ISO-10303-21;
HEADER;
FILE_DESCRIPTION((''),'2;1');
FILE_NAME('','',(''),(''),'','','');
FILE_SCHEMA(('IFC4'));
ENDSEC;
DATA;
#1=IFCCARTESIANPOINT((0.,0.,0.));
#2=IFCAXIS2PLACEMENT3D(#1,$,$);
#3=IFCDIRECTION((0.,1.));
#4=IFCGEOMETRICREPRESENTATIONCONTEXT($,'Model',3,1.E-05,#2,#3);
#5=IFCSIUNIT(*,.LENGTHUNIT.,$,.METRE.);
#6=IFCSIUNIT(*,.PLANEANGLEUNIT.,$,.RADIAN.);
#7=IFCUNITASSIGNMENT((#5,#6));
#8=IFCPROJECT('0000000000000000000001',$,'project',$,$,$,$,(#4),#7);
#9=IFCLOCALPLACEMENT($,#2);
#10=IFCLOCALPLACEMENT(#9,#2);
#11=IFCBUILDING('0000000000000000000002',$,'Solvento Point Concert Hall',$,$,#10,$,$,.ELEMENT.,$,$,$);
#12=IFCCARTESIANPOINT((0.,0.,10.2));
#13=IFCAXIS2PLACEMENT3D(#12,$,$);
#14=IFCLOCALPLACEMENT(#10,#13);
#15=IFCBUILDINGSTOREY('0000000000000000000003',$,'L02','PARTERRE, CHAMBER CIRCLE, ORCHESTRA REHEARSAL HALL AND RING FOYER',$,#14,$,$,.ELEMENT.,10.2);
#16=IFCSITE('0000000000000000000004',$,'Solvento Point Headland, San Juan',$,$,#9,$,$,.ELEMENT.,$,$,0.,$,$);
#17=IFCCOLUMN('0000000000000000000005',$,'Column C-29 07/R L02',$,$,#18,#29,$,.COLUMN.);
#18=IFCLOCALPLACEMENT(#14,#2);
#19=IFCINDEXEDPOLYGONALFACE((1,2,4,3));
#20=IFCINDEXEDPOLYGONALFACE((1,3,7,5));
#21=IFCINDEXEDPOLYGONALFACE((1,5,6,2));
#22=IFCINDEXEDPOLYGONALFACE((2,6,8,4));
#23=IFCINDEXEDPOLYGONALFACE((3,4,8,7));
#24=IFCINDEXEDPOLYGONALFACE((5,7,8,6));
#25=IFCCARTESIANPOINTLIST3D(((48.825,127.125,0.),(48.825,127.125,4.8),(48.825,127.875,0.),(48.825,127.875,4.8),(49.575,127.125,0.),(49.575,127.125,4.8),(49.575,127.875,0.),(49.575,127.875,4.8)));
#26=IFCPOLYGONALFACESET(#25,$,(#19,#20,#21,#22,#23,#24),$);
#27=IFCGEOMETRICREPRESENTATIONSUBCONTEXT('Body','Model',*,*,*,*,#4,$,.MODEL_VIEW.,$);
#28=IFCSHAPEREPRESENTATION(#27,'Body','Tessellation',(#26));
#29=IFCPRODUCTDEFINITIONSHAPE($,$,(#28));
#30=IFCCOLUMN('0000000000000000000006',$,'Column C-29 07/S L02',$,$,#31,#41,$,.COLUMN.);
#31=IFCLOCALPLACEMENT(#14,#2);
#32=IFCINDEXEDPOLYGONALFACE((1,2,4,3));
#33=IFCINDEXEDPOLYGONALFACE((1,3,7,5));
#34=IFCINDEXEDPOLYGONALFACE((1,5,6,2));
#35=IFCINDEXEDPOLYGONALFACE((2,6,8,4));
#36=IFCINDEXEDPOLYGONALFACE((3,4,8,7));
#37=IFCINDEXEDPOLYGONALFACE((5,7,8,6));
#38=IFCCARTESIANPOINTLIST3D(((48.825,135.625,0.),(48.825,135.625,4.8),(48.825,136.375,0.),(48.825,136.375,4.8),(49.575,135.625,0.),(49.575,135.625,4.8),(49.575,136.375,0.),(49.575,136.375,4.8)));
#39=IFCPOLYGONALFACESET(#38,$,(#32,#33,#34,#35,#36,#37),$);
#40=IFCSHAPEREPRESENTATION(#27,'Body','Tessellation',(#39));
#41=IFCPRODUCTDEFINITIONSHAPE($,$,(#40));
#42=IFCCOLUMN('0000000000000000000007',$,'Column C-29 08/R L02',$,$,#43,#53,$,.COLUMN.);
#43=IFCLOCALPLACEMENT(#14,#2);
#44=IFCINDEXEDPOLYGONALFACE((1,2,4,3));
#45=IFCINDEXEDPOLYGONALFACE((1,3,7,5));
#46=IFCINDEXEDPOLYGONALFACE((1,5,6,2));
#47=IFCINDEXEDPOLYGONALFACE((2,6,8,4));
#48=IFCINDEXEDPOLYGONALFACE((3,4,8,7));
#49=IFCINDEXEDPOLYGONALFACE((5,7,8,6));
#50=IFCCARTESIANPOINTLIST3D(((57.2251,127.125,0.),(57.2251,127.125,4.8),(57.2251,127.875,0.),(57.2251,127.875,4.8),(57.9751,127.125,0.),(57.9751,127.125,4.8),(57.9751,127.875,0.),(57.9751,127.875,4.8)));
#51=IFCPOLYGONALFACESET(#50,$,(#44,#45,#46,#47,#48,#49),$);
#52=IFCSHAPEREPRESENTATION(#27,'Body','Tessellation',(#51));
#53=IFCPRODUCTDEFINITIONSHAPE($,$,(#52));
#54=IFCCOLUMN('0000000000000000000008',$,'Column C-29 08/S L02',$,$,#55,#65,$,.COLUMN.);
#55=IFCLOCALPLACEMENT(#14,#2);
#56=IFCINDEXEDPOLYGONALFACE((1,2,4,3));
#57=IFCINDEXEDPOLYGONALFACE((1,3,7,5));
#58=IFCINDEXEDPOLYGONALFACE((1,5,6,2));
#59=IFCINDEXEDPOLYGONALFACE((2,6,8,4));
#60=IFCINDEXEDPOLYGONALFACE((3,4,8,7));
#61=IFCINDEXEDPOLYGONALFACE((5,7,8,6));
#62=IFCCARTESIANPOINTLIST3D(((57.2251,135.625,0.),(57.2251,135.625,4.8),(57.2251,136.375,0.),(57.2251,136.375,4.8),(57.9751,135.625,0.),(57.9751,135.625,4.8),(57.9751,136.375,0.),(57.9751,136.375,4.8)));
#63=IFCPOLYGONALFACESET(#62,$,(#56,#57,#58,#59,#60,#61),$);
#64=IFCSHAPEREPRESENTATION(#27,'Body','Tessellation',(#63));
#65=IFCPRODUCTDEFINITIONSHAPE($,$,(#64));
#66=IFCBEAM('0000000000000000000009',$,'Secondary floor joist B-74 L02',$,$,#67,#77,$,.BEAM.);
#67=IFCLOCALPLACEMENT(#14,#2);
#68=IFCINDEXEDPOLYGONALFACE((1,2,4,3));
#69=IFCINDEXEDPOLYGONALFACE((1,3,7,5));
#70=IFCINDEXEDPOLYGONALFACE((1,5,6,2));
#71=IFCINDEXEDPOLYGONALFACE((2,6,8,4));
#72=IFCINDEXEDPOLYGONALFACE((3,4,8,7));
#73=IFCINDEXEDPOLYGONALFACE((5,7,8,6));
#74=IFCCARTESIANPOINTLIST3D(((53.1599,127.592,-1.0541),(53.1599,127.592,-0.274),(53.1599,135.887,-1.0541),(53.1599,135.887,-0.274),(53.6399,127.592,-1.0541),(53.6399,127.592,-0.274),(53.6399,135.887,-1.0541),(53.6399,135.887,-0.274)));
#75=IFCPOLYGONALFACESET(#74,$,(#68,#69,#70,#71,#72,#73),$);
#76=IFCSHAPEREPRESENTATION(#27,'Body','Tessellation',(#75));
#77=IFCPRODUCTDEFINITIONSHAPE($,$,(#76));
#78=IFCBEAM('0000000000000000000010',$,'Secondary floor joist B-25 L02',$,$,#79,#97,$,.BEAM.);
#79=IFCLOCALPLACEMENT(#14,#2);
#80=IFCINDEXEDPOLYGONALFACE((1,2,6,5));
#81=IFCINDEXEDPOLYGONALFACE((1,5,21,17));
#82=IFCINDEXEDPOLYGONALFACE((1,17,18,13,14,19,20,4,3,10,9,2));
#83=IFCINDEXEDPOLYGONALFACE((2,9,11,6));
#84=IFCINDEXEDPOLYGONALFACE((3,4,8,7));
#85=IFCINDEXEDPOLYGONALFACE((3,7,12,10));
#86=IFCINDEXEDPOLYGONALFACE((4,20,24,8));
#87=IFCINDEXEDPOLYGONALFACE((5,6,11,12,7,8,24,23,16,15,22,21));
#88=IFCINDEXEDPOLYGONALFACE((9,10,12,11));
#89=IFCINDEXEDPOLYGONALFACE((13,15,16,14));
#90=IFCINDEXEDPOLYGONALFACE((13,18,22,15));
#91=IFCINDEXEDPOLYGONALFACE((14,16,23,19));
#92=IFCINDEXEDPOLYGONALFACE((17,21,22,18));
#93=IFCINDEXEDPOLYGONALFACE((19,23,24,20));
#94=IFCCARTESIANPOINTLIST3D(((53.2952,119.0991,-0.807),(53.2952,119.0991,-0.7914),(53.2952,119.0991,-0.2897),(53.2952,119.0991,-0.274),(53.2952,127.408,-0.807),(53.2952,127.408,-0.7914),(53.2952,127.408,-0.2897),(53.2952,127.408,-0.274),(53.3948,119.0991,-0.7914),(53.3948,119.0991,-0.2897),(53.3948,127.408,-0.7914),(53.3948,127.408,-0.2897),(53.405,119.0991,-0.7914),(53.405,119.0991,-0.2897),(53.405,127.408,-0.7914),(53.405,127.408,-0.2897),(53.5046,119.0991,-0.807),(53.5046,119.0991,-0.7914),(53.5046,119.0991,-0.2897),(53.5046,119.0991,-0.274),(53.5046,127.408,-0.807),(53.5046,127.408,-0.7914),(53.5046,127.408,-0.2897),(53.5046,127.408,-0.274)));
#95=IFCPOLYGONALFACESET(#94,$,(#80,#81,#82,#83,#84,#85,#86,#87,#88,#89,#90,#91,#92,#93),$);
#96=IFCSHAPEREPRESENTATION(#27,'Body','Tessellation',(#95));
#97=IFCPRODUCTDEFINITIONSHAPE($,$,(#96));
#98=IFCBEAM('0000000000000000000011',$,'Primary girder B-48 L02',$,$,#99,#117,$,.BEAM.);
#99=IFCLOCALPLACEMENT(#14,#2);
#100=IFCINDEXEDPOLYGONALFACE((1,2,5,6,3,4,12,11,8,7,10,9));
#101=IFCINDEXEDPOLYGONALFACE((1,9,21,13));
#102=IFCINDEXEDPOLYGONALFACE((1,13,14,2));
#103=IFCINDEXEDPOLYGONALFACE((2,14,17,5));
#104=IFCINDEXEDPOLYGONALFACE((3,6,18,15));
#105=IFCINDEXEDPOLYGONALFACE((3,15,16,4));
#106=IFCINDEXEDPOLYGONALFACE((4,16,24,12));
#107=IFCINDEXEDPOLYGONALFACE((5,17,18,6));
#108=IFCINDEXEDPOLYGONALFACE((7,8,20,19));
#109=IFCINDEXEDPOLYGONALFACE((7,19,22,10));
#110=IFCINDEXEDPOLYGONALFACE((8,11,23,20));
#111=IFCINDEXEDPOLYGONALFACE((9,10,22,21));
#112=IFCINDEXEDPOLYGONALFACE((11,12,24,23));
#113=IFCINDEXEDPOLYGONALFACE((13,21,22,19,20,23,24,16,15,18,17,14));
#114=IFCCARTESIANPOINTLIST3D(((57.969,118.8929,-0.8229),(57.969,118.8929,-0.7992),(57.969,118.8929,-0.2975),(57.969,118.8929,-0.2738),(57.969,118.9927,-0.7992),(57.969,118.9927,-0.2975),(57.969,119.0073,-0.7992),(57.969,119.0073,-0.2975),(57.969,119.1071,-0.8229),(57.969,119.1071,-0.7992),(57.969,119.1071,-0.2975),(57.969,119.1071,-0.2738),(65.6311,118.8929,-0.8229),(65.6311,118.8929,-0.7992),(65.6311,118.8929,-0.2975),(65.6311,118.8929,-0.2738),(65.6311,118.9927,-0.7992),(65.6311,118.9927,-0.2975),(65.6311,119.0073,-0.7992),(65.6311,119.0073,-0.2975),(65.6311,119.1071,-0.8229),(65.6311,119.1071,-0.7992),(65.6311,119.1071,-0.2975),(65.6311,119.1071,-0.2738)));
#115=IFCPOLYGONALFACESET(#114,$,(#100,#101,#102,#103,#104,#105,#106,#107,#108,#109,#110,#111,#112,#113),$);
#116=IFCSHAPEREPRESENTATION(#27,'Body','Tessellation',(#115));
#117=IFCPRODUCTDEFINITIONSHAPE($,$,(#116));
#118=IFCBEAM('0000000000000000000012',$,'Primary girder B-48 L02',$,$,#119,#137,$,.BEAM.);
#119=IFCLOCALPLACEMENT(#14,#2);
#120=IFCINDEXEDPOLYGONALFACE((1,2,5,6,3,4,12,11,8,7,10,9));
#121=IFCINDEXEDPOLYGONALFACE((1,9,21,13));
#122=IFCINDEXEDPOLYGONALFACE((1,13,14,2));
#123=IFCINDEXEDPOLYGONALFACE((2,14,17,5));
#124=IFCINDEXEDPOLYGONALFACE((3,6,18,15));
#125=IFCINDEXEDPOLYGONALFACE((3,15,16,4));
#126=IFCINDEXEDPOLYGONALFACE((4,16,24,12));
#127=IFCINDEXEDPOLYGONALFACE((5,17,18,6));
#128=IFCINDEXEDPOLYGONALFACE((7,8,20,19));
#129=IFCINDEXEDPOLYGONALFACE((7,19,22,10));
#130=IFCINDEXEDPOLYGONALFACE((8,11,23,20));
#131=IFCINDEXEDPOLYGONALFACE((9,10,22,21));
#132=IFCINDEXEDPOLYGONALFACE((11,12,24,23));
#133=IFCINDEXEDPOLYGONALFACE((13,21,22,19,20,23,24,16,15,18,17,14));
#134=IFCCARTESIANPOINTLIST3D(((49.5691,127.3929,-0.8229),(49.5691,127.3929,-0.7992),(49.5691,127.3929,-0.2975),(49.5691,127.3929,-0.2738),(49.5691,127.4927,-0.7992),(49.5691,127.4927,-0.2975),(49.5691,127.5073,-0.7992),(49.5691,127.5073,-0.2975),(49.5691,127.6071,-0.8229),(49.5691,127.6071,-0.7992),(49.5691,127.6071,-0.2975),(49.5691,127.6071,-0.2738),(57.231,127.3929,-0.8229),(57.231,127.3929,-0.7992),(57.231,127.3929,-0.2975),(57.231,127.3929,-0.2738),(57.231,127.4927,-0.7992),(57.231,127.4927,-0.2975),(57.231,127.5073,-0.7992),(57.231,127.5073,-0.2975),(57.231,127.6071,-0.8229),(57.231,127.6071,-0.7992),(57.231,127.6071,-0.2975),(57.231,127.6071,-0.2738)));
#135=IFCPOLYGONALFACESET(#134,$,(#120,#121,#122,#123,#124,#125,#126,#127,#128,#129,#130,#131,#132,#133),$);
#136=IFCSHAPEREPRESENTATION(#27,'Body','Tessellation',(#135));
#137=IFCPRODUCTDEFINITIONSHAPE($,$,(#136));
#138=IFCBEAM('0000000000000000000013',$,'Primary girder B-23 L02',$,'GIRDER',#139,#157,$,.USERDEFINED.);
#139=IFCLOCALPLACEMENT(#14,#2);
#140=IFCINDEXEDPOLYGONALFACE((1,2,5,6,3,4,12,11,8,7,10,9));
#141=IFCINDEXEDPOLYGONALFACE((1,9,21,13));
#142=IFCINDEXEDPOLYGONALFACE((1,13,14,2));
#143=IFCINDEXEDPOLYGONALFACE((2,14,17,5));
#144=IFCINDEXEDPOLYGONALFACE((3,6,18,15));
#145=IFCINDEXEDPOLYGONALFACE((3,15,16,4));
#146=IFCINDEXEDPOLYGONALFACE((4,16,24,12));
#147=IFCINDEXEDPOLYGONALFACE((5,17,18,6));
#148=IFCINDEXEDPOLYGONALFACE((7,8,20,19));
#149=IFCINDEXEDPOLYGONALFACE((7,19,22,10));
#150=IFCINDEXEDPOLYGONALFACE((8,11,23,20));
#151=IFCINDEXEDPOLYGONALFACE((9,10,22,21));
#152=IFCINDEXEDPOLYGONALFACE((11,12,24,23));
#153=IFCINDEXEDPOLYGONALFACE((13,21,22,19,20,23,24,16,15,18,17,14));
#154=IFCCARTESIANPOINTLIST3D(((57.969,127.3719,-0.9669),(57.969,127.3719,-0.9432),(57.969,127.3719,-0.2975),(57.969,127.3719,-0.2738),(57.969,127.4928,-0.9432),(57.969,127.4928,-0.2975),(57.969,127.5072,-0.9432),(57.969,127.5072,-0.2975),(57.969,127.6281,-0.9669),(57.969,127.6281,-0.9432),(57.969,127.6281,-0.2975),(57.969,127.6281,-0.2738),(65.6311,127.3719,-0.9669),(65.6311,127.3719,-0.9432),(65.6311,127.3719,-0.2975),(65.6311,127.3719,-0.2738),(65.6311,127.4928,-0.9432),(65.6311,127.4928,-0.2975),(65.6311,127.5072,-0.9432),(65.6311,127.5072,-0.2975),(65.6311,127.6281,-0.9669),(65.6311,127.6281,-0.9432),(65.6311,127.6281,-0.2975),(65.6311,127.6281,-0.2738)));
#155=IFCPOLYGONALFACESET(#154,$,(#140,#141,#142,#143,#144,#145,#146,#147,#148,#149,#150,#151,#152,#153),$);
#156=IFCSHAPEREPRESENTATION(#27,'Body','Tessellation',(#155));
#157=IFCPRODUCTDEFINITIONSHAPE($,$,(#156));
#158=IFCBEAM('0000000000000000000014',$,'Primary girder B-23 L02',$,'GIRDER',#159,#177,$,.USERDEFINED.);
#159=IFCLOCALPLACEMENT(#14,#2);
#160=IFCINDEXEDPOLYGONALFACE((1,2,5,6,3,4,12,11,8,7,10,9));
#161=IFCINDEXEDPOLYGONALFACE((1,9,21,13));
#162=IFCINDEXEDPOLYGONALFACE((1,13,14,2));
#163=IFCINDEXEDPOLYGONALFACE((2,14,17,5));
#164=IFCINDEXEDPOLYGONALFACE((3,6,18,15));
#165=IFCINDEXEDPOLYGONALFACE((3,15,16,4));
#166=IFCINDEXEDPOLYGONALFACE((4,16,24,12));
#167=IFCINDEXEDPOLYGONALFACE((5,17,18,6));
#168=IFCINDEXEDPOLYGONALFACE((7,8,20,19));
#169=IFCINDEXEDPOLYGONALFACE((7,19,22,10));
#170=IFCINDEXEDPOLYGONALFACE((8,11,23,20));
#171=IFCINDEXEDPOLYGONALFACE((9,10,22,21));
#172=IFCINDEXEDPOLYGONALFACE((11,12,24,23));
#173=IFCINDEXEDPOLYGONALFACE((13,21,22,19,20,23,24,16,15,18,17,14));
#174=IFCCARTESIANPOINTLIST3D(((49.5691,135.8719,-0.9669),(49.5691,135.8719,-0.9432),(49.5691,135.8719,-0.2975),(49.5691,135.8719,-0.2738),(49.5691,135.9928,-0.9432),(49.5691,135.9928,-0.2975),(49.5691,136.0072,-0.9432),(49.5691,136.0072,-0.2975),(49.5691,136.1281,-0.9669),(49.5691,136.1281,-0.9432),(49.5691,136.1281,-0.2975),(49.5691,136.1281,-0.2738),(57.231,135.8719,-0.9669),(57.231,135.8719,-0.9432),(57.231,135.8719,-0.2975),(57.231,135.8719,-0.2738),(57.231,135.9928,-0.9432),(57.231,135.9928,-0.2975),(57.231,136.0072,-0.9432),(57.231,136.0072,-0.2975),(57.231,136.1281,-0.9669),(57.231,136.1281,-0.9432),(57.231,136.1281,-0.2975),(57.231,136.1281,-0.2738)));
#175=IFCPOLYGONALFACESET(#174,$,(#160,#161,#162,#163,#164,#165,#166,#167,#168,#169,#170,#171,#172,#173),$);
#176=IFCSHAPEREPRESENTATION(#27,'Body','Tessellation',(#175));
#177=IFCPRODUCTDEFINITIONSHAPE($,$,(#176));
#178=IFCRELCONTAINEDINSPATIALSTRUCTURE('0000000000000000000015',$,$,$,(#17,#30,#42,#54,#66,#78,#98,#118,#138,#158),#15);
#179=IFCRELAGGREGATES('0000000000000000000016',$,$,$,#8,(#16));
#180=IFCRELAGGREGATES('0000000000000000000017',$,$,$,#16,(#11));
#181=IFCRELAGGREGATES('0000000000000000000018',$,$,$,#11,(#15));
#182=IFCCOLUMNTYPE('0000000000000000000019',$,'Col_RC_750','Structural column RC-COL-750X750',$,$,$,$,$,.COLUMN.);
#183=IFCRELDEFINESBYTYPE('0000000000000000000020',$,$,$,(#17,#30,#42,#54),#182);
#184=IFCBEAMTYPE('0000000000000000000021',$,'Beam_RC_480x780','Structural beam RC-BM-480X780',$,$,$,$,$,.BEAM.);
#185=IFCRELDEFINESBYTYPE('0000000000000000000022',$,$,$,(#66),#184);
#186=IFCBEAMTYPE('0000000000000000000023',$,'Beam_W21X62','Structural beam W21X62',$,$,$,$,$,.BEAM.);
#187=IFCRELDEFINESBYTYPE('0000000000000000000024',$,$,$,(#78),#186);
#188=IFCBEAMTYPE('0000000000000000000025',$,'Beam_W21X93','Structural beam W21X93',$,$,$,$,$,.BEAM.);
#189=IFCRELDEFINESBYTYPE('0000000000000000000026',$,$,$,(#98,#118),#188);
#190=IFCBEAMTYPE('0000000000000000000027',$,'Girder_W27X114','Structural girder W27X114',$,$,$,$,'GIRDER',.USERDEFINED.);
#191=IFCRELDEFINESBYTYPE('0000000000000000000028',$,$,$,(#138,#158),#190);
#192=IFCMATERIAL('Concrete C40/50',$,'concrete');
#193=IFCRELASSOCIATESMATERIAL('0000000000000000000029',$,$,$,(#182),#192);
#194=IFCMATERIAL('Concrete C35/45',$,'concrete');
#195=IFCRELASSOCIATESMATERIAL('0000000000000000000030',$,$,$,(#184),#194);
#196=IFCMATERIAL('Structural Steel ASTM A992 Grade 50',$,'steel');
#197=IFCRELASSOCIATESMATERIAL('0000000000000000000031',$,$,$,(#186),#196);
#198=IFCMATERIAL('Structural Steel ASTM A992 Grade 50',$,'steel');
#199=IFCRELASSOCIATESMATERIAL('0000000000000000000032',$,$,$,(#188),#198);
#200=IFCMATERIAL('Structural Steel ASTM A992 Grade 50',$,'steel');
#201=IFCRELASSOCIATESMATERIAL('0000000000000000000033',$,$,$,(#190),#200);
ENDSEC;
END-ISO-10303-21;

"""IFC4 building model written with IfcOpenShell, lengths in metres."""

from ifc_helpers import new_model, si_unit, direction, frame, origin, origin_2d, place, context, subcontext, project, spatial, rectangle, i_section, extrude, material, material_profile, profile_set, type_object, element, save


model = new_model("IFC4")

# Units and contexts
model_context = context("Model", 3, precision=1e-05, world=origin(), true_north=direction((0.0, 1.0)))
body_context = subcontext(model_context, "Body", "Model", "MODEL_VIEW")
ifc_project = project(units=[si_unit("LENGTHUNIT", "METRE"), si_unit("PLANEANGLEUNIT", "RADIAN")], contexts=[model_context])

# Site, building, storey
site_placement = place(None, origin())
site = spatial("IfcSite", under=ifc_project, at=site_placement, Name="Solvento Point Headland, San Juan", CompositionType="ELEMENT", RefElevation=0.0)
building_placement = place(site_placement, origin())
building = spatial("IfcBuilding", under=site, at=building_placement, Name="Solvento Point Concert Hall", CompositionType="ELEMENT")
storey_placement = place(building_placement, frame((0.0, 0.0, 10.2)))
storey = spatial("IfcBuildingStorey", under=building, at=storey_placement, Name="L02", Description="PARTERRE, CHAMBER CIRCLE, ORCHESTRA REHEARSAL HALL AND RING FOYER", CompositionType="ELEMENT", Elevation=10.2)

# Columns
ifc_material_1 = material(Name="Concrete C40/50", Category="concrete")
ifc_material_profile_1 = material_profile(ifc_material_1, rectangle(XDim=0.75, YDim=0.75, at=origin_2d()), Name="RC-COL-750X750")
ifc_profile_set_1 = profile_set([ifc_material_profile_1], Name="Concrete C40/50")
column_type = type_object("IfcColumnType", Name="Col_RC_750", Description="Structural column RC-COL-750X750", PredefinedType="COLUMN", material=ifc_profile_set_1)
for number, where, z_axis, x_axis, name in (
    (1, (49.2, 127.5, 0.0), (0.0, 0.0, 1.0), (1.0, 0.0, 0.0), "Column C-29 07/R L02"),
    (2, (49.2, 136.0, 0.0), (0.0, 0.0, 1.0), (1.0, 0.0, 0.0), "Column C-29 07/S L02"),
    (3, (57.6001, 127.5, 0.0), (0.0, 0.0, 1.0), (1.0, 0.0, 0.0), "Column C-29 08/R L02"),
    (4, (57.6001, 136.0, 0.0), (0.0, 0.0, 1.0), (1.0, 0.0, 0.0), "Column C-29 08/S L02"),
):
    element("IfcColumn", number, at=place(storey_placement, frame(where, z_axis=z_axis, x_axis=x_axis)), inside=storey, type_object=column_type, Name=name, PredefinedType="COLUMN", context=body_context, shape_type="SweptSolid", body=[
        extrude(rectangle(XDim=0.75, YDim=0.75, at=origin_2d()), origin(), (0.0, 0.0, 1.0), 4.8),
    ])

# Beams
ifc_material_2 = material(Name="Concrete C35/45", Category="concrete")
ifc_material_profile_2 = material_profile(ifc_material_2, rectangle(XDim=0.48, YDim=0.78, at=origin_2d()), Name="RC-BM-480X780")
ifc_profile_set_2 = profile_set([ifc_material_profile_2], Name="Concrete C35/45")
beam_type_1 = type_object("IfcBeamType", Name="Beam_RC_480x780", Description="Structural beam RC-BM-480X780", PredefinedType="BEAM", material=ifc_profile_set_2)
beam_1_placement = place(storey_placement, frame((53.3999, 127.592, -0.6641), z_axis=(0.0, 1.0, 0.0), x_axis=(-1.0, 0.0, 0.0)))
element("IfcBeam", 5, at=beam_1_placement, inside=storey, type_object=beam_type_1, Name="Secondary floor joist B-74 L02", PredefinedType="BEAM", context=body_context, shape_type="SweptSolid", body=[
    extrude(rectangle(XDim=0.48, YDim=0.78, at=origin_2d()), origin(), (0.0, 0.0, 1.0), 8.2949),
])
ifc_material_3 = material(Name="Structural Steel ASTM A992 Grade 50", Category="steel")
ifc_material_profile_3 = material_profile(ifc_material_3, i_section(OverallWidth=0.2095, OverallDepth=0.533, WebThickness=0.0103, FlangeThickness=0.0156, at=origin_2d()), Name="W21X62")
ifc_profile_set_3 = profile_set([ifc_material_profile_3], Name="Structural Steel ASTM A992 Grade 50")
beam_type_2 = type_object("IfcBeamType", Name="Beam_W21X62", Description="Structural beam W21X62", PredefinedType="BEAM", material=ifc_profile_set_3)
beam_2_placement = place(storey_placement, frame((53.3999, 119.0991, -0.5405), z_axis=(0.0, 1.0, 0.0), x_axis=(-1.0, 0.0, 0.0)))
element("IfcBeam", 6, at=beam_2_placement, inside=storey, type_object=beam_type_2, Name="Secondary floor joist B-25 L02", PredefinedType="BEAM", context=body_context, shape_type="SweptSolid", body=[
    extrude(i_section(OverallWidth=0.2095, OverallDepth=0.533, WebThickness=0.0103, FlangeThickness=0.0156, at=origin_2d()), origin(), (0.0, 0.0, 1.0), 8.3088),
])
ifc_material_4 = material(Name="Structural Steel ASTM A992 Grade 50", Category="steel")
ifc_material_profile_4 = material_profile(ifc_material_4, i_section(OverallWidth=0.2141, OverallDepth=0.5491, WebThickness=0.0146, FlangeThickness=0.0237, at=origin_2d()), Name="W21X93")
ifc_profile_set_4 = profile_set([ifc_material_profile_4], Name="Structural Steel ASTM A992 Grade 50")
beam_type_3 = type_object("IfcBeamType", Name="Beam_W21X93", Description="Structural beam W21X93", PredefinedType="BEAM", material=ifc_profile_set_4)
beam_3_placement = place(storey_placement, frame((57.969, 119.0, -0.5483), z_axis=(1.0, 0.0, 0.0), x_axis=(0.0, 1.0, 0.0)))
element("IfcBeam", 7, at=beam_3_placement, inside=storey, type_object=beam_type_3, Name="Primary girder B-48 L02", PredefinedType="BEAM", context=body_context, shape_type="SweptSolid", body=[
    extrude(i_section(OverallWidth=0.2141, OverallDepth=0.5491, WebThickness=0.0146, FlangeThickness=0.0237, at=origin_2d()), origin(), (0.0, 0.0, 1.0), 7.6621),
])
beam_4_placement = place(storey_placement, frame((49.5691, 127.5, -0.5483), z_axis=(1.0, 0.0, 0.0), x_axis=(0.0, 1.0, 0.0)))
element("IfcBeam", 8, at=beam_4_placement, inside=storey, type_object=beam_type_3, Name="Primary girder B-48 L02", PredefinedType="BEAM", context=body_context, shape_type="SweptSolid", body=[
    extrude(i_section(OverallWidth=0.2141, OverallDepth=0.5491, WebThickness=0.0146, FlangeThickness=0.0237, at=origin_2d()), origin(), (0.0, 0.0, 1.0), 7.6619),
])
ifc_material_5 = material(Name="Structural Steel ASTM A992 Grade 50", Category="steel")
ifc_material_profile_5 = material_profile(ifc_material_5, i_section(OverallWidth=0.2561, OverallDepth=0.6931, WebThickness=0.0144, FlangeThickness=0.0237, at=origin_2d()), Name="W27X114")
ifc_profile_set_5 = profile_set([ifc_material_profile_5], Name="Structural Steel ASTM A992 Grade 50")
beam_type_4 = type_object("IfcBeamType", Name="Girder_W27X114", Description="Structural girder W27X114", ElementType="GIRDER", PredefinedType="USERDEFINED", material=ifc_profile_set_5)
beam_5_placement = place(storey_placement, frame((57.969, 127.5, -0.6204), z_axis=(1.0, 0.0, 0.0), x_axis=(0.0, 1.0, 0.0)))
element("IfcBeam", 9, at=beam_5_placement, inside=storey, type_object=beam_type_4, Name="Primary girder B-23 L02", ObjectType="GIRDER", PredefinedType="USERDEFINED", context=body_context, shape_type="SweptSolid", body=[
    extrude(i_section(OverallWidth=0.2561, OverallDepth=0.6931, WebThickness=0.0144, FlangeThickness=0.0237, at=origin_2d()), origin(), (0.0, 0.0, 1.0), 7.6621),
])
beam_6_placement = place(storey_placement, frame((49.5691, 136.0, -0.6204), z_axis=(1.0, 0.0, 0.0), x_axis=(0.0, 1.0, 0.0)))
element("IfcBeam", 10, at=beam_6_placement, inside=storey, type_object=beam_type_4, Name="Primary girder B-23 L02", ObjectType="GIRDER", PredefinedType="USERDEFINED", context=body_context, shape_type="SweptSolid", body=[
    extrude(i_section(OverallWidth=0.2561, OverallDepth=0.6931, WebThickness=0.0144, FlangeThickness=0.0237, at=origin_2d()), origin(), (0.0, 0.0, 1.0), 7.6619),
])

save(model, "model.ifc")
